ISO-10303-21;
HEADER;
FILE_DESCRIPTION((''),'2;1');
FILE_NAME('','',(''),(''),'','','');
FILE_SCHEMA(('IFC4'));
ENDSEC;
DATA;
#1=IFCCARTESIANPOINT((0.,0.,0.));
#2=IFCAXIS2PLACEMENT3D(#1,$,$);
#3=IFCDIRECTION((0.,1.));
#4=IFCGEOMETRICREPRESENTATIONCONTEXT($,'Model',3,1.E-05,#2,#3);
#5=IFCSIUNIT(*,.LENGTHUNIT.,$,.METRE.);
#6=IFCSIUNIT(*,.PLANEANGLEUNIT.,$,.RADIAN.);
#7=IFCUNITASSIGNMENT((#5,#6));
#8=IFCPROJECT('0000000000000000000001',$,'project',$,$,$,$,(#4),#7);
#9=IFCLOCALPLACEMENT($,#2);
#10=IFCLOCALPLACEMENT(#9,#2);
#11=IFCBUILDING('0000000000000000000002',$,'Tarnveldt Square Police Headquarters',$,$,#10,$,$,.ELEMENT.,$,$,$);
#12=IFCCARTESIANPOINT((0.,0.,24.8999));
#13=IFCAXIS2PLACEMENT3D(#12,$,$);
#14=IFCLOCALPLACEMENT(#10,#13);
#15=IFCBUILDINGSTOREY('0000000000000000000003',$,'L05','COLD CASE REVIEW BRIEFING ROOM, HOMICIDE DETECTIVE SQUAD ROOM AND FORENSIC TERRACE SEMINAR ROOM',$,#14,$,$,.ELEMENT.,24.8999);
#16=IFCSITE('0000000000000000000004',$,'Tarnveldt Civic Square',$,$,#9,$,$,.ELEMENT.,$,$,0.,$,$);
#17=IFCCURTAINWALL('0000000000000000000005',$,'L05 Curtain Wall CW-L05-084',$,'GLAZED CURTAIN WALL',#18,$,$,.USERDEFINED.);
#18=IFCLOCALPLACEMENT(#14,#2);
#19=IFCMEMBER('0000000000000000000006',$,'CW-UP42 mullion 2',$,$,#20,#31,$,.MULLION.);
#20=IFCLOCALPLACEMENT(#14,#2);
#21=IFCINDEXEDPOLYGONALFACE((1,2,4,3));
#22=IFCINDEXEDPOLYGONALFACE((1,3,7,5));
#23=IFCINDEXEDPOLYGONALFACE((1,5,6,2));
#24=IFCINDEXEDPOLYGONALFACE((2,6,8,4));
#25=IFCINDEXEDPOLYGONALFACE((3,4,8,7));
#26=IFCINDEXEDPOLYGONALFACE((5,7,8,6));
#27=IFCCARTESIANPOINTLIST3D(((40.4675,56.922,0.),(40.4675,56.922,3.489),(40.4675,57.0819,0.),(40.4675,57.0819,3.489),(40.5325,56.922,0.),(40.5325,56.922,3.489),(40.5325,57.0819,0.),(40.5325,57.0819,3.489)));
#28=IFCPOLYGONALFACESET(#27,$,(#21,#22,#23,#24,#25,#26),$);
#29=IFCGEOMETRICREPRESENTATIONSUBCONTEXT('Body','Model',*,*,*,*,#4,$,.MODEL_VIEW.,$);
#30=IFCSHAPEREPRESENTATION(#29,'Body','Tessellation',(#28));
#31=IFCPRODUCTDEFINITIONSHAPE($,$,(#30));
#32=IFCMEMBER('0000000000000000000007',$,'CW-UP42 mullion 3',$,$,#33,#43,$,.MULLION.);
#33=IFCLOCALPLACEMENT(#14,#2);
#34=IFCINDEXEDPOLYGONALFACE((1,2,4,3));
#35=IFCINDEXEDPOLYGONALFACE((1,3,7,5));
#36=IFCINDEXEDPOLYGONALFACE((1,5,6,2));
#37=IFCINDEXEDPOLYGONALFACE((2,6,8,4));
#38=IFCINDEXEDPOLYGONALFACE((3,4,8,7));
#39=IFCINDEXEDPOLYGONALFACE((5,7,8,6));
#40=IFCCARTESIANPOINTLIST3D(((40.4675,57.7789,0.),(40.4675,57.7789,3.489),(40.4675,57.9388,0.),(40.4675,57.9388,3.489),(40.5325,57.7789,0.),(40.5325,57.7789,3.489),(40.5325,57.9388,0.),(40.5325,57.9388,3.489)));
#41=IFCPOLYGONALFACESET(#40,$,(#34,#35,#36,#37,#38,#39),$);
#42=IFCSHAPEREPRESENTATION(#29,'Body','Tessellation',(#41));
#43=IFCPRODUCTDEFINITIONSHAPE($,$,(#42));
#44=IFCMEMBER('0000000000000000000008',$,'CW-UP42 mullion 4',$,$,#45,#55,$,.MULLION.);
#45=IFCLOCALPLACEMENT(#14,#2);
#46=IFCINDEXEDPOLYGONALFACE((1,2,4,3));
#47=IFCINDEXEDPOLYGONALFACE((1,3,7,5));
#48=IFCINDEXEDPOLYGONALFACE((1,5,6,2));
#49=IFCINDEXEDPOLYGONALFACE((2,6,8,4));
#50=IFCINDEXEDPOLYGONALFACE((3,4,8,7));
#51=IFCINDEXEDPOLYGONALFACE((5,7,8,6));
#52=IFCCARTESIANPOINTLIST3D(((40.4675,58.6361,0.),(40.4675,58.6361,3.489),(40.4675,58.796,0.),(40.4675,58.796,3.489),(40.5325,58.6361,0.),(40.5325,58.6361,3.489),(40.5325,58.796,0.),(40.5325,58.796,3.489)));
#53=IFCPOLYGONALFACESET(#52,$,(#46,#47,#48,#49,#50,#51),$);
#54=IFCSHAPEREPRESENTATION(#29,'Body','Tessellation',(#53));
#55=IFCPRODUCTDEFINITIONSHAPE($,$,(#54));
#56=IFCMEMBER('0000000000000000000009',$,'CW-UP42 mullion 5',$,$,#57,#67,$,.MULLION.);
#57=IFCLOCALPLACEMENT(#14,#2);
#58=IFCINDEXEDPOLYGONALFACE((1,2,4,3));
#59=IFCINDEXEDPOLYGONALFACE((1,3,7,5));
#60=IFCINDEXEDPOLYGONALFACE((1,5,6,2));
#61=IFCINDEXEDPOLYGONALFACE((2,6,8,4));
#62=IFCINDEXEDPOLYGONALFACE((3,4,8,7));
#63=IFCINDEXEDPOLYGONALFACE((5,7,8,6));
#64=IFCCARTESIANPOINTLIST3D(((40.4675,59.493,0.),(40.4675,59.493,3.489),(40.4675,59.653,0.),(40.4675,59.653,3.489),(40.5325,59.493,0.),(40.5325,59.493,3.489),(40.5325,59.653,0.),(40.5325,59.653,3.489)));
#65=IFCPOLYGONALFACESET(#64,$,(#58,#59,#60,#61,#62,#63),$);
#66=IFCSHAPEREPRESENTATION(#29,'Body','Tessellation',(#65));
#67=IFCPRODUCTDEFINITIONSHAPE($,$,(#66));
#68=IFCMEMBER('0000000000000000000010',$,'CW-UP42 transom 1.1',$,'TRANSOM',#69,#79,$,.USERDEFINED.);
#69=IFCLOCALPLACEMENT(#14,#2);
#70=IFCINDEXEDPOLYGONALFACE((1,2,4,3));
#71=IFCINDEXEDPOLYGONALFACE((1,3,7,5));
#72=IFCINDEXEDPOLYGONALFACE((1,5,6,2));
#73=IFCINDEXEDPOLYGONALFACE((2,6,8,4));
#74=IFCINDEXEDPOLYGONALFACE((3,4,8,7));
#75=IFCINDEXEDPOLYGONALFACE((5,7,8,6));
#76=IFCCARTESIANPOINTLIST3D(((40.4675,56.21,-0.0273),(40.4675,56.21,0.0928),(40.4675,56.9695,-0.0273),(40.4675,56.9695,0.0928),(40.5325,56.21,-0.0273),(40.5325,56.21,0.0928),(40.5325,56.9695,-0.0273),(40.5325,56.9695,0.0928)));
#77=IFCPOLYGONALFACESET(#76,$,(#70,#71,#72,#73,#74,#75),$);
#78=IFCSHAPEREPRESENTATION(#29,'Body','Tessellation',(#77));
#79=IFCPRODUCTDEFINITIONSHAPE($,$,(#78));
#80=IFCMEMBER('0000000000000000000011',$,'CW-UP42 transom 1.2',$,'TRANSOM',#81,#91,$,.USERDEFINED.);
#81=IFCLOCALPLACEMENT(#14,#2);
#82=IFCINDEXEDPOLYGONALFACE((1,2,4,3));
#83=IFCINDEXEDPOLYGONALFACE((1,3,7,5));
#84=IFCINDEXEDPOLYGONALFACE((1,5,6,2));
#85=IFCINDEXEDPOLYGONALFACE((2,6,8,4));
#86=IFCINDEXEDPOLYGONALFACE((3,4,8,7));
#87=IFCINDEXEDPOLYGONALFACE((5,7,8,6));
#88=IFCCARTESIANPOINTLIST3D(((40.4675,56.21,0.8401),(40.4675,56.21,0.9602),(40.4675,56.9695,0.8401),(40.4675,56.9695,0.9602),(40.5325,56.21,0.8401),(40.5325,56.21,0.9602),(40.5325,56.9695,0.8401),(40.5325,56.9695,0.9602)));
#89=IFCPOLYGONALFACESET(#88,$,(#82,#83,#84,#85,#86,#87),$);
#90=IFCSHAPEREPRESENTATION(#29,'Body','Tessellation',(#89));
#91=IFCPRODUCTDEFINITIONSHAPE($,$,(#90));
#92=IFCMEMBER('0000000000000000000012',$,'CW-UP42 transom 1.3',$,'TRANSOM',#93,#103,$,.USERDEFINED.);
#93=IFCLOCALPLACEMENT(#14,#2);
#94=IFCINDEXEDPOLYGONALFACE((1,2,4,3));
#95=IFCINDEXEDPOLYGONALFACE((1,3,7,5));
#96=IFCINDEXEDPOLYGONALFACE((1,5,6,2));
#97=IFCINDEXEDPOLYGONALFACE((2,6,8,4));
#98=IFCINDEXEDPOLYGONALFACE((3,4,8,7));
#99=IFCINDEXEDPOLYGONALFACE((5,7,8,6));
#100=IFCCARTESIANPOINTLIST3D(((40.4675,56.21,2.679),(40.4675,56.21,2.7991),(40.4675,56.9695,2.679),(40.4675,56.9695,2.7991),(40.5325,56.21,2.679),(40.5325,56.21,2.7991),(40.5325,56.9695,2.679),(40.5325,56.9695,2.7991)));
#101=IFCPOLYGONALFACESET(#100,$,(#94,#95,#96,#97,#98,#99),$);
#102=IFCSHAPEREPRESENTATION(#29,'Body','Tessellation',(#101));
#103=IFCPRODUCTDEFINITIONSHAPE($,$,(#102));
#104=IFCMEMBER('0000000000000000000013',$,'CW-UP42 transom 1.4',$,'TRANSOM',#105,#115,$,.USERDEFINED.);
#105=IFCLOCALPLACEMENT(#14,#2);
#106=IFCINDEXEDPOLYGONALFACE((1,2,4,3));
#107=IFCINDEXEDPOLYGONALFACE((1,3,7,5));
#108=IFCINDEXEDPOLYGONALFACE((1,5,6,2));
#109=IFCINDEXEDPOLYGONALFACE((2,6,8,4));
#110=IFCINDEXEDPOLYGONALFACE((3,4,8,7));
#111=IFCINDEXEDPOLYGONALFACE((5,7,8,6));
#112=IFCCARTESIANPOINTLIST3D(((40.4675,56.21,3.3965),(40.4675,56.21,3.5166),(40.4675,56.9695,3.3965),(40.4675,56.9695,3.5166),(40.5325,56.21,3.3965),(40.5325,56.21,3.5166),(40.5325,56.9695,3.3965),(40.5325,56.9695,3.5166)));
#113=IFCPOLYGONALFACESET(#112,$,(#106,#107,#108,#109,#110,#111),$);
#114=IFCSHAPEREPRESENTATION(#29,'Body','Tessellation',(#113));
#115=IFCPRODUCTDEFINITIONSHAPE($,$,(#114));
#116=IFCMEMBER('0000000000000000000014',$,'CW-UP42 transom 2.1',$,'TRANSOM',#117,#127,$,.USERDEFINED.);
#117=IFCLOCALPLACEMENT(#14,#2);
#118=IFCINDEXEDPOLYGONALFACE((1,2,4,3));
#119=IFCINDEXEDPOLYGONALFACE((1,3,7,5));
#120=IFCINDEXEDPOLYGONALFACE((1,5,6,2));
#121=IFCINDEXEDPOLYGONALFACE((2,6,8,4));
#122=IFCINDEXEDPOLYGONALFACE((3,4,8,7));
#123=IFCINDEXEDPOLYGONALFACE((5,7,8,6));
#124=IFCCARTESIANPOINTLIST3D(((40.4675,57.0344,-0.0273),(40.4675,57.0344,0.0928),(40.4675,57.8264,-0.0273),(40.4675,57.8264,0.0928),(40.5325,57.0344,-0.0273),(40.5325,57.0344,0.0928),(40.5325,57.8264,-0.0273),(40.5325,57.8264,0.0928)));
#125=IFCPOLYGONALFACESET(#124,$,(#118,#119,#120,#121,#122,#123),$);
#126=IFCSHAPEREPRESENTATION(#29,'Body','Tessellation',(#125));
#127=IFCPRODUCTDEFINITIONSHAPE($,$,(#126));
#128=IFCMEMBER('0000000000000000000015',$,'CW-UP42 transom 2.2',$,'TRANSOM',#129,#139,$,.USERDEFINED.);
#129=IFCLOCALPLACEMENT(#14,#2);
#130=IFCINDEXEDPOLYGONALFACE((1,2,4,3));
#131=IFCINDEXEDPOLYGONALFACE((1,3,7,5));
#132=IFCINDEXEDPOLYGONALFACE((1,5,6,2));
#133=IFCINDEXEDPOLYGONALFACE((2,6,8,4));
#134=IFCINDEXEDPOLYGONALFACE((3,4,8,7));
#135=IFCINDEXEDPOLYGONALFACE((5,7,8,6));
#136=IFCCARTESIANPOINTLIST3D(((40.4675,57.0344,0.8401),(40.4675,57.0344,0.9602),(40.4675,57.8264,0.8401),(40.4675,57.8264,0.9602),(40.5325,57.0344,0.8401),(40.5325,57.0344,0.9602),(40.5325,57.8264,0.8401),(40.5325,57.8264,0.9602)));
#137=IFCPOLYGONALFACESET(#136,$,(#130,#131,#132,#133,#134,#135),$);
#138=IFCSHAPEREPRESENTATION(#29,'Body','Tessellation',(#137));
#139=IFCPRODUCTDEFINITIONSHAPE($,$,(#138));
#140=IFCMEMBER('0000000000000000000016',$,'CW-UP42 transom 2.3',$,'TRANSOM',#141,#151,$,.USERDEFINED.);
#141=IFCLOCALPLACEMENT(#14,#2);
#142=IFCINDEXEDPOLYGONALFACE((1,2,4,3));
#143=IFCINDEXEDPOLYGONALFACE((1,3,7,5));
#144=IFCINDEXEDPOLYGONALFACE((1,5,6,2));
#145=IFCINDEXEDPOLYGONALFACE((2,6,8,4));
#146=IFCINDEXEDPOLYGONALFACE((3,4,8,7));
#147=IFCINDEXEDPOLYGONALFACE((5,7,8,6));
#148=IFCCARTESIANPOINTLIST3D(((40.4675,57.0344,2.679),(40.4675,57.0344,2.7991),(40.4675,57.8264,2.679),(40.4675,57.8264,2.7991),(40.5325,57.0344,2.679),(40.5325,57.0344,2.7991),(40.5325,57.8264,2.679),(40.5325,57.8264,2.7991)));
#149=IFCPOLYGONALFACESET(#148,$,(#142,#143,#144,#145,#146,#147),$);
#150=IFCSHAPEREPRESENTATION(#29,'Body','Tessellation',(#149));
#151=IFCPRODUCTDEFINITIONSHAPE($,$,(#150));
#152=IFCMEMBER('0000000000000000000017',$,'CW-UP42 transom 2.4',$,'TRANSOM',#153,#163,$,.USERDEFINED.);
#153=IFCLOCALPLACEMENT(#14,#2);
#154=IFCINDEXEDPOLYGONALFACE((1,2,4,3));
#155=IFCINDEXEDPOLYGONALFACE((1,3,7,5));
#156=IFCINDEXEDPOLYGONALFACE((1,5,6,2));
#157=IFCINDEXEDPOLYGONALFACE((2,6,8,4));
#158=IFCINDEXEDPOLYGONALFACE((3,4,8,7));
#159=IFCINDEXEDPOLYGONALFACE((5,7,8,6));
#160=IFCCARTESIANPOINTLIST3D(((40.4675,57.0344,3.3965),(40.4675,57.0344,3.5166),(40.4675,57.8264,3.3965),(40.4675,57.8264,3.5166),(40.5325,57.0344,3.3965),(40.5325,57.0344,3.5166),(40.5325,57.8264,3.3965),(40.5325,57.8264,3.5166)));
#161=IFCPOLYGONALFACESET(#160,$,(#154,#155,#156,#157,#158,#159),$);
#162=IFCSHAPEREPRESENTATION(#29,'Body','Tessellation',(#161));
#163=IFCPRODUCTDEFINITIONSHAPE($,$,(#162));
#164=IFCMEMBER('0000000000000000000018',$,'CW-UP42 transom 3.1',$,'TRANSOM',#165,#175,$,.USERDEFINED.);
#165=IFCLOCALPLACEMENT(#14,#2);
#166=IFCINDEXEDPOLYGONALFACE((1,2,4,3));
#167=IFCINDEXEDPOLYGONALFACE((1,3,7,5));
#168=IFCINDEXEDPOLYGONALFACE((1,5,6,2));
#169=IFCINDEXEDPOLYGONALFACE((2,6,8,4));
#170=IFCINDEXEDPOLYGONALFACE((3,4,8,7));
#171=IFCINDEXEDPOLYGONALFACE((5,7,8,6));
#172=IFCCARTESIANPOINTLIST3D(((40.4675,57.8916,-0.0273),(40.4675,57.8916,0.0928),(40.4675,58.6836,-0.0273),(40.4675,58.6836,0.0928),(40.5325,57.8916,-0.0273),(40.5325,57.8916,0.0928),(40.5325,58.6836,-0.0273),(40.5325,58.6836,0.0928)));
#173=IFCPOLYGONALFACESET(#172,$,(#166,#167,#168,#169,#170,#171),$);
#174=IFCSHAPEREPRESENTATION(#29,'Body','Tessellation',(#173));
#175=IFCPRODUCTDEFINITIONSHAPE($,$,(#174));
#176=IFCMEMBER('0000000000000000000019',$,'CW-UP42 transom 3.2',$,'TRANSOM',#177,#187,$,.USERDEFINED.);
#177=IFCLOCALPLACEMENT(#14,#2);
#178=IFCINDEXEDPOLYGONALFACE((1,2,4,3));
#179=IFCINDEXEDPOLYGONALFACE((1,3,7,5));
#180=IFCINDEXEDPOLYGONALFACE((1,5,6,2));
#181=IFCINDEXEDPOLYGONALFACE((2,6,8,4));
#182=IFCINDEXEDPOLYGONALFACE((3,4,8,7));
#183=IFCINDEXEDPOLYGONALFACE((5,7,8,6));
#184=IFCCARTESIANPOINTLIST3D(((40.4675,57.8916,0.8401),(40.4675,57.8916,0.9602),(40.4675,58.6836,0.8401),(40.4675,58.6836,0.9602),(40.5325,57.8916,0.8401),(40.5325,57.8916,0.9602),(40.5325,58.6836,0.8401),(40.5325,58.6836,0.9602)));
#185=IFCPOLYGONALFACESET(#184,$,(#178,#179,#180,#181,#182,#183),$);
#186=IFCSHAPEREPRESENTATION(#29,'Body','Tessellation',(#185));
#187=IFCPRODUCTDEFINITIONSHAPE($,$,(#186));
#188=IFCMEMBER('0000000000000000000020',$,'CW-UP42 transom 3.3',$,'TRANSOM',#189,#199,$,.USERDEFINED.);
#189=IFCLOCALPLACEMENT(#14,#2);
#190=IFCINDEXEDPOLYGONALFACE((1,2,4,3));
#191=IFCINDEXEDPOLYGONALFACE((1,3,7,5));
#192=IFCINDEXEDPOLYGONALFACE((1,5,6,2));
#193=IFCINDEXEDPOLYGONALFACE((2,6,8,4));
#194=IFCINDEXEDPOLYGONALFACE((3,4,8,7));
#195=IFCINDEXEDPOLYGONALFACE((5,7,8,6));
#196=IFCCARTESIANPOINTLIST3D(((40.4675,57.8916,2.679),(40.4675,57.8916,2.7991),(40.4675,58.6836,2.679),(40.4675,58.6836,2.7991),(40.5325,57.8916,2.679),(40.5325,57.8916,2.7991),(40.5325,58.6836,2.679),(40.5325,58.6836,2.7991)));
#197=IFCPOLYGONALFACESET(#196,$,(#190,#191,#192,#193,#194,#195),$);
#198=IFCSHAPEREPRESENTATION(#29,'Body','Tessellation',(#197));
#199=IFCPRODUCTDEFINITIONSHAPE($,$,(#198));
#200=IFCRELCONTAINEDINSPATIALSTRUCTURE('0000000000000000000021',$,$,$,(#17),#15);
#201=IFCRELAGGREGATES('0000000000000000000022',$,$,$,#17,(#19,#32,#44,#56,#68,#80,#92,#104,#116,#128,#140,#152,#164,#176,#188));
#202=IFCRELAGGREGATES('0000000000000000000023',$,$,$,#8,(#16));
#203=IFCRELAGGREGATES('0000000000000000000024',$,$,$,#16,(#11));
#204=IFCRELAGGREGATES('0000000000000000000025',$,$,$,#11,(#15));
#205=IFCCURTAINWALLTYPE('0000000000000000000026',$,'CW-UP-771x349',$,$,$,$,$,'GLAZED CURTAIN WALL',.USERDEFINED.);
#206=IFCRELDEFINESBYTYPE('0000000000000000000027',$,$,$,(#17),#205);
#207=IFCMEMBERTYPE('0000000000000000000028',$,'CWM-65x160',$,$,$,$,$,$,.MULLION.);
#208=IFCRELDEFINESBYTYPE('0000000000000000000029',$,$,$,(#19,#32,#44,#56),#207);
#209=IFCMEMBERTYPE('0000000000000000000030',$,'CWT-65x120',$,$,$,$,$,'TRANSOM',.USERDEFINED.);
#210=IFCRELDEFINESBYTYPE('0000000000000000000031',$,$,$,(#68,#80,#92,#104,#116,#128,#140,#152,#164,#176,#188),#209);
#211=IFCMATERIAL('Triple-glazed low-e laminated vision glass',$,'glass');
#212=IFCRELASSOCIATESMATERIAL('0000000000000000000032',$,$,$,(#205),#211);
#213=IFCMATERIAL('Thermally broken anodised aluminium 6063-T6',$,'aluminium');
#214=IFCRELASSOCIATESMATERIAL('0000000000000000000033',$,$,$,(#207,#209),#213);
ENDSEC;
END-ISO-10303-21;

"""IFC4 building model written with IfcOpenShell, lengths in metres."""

from ifc_helpers import new_model, si_unit, direction, frame, origin, origin_2d, place, context, subcontext, project, spatial, rectangle, extrude, material, material_profile, profile_set, type_object, element, aggregate, save


model = new_model("IFC4")

# Units and contexts
model_context = context("Model", 3, precision=1e-05, world=origin(), true_north=direction((0.0, 1.0)))
body_context = subcontext(model_context, "Body", "Model", "MODEL_VIEW")
ifc_project = project(units=[si_unit("LENGTHUNIT", "METRE"), si_unit("PLANEANGLEUNIT", "RADIAN")], contexts=[model_context])

# Site, building, storey
site_placement = place(None, origin())
site = spatial("IfcSite", under=ifc_project, at=site_placement, Name="Tarnveldt Civic Square", CompositionType="ELEMENT", RefElevation=0.0)
building_placement = place(site_placement, origin())
building = spatial("IfcBuilding", under=site, at=building_placement, Name="Tarnveldt Square Police Headquarters", CompositionType="ELEMENT")
storey_placement = place(building_placement, frame((0.0, 0.0, 24.8999)))
storey = spatial("IfcBuildingStorey", under=building, at=storey_placement, Name="L05", Description="COLD CASE REVIEW BRIEFING ROOM, HOMICIDE DETECTIVE SQUAD ROOM AND FORENSIC TERRACE SEMINAR ROOM", CompositionType="ELEMENT", Elevation=24.8999)

# Curtain wall, members
ifc_material_1 = material(Name="Triple-glazed low-e laminated vision glass", Category="glass")
curtain_wall_type = type_object("IfcCurtainWallType", Name="CW-UP-771x349", ElementType="GLAZED CURTAIN WALL", PredefinedType="USERDEFINED", material=ifc_material_1)
curtain_wall_placement = place(storey_placement, origin())
curtain_wall = element("IfcCurtainWall", 1, at=curtain_wall_placement, inside=storey, type_object=curtain_wall_type, Name="L05 Curtain Wall CW-L05-084", ObjectType="GLAZED CURTAIN WALL", PredefinedType="USERDEFINED")
ifc_material_2 = material(Name="Thermally broken anodised aluminium 6063-T6", Category="aluminium")
ifc_material_profile_1 = material_profile(ifc_material_2, rectangle(XDim=0.0649, YDim=0.1599, at=origin_2d()), Name="CW-M65x160")
ifc_profile_set_1 = profile_set([ifc_material_profile_1], Name="Thermally broken anodised aluminium 6063-T6")
member_type_1 = type_object("IfcMemberType", Name="CWM-65x160", PredefinedType="MULLION", material=ifc_profile_set_1)
member_1_placement = place(storey_placement, frame((40.5, 57.002, 0.0), z_axis=(0.0, 0.0, 1.0), x_axis=(-1.0, 0.0, 0.0)))
member_1 = element("IfcMember", 2, at=member_1_placement, type_object=member_type_1, Name="CW-UP42 mullion 2", PredefinedType="MULLION", context=body_context, shape_type="SweptSolid", body=[
    extrude(rectangle(XDim=0.0649, YDim=0.1599, at=origin_2d()), origin(), (0.0, 0.0, 1.0), 3.489),
])
member_2_placement = place(storey_placement, frame((40.5, 57.8589, 0.0), z_axis=(0.0, 0.0, 1.0), x_axis=(-1.0, 0.0, 0.0)))
member_2 = element("IfcMember", 3, at=member_2_placement, type_object=member_type_1, Name="CW-UP42 mullion 3", PredefinedType="MULLION", context=body_context, shape_type="SweptSolid", body=[
    extrude(rectangle(XDim=0.0649, YDim=0.1599, at=origin_2d()), origin(), (0.0, 0.0, 1.0), 3.489),
])
member_3_placement = place(storey_placement, frame((40.5, 58.7161, 0.0), z_axis=(0.0, 0.0, 1.0), x_axis=(-1.0, 0.0, 0.0)))
member_3 = element("IfcMember", 4, at=member_3_placement, type_object=member_type_1, Name="CW-UP42 mullion 4", PredefinedType="MULLION", context=body_context, shape_type="SweptSolid", body=[
    extrude(rectangle(XDim=0.0649, YDim=0.1599, at=origin_2d()), origin(), (0.0, 0.0, 1.0), 3.489),
])
member_4_placement = place(storey_placement, frame((40.5, 59.573, 0.0), z_axis=(0.0, 0.0, 1.0), x_axis=(-1.0, 0.0, 0.0)))
member_4 = element("IfcMember", 5, at=member_4_placement, type_object=member_type_1, Name="CW-UP42 mullion 5", PredefinedType="MULLION", context=body_context, shape_type="SweptSolid", body=[
    extrude(rectangle(XDim=0.0649, YDim=0.1599, at=origin_2d()), origin(), (0.0, 0.0, 1.0), 3.489),
])
ifc_material_profile_2 = material_profile(ifc_material_2, rectangle(XDim=0.0649, YDim=0.1201, at=origin_2d()), Name="CW-T65x120")
ifc_profile_set_2 = profile_set([ifc_material_profile_2], Name="Thermally broken anodised aluminium 6063-T6")
member_type_2 = type_object("IfcMemberType", Name="CWT-65x120", ElementType="TRANSOM", PredefinedType="USERDEFINED", material=ifc_profile_set_2)
member_5_placement = place(storey_placement, frame((40.5, 56.21, 0.0327), z_axis=(0.0, 1.0, 0.0), x_axis=(-1.0, 0.0, 0.0)))
member_5 = element("IfcMember", 6, at=member_5_placement, type_object=member_type_2, Name="CW-UP42 transom 1.1", ObjectType="TRANSOM", PredefinedType="USERDEFINED", context=body_context, shape_type="SweptSolid", body=[
    extrude(rectangle(XDim=0.0649, YDim=0.1201, at=origin_2d()), origin(), (0.0, 0.0, 1.0), 0.7595),
])
member_6_placement = place(storey_placement, frame((40.5, 56.21, 0.9001), z_axis=(0.0, 1.0, 0.0), x_axis=(-1.0, 0.0, 0.0)))
member_6 = element("IfcMember", 7, at=member_6_placement, type_object=member_type_2, Name="CW-UP42 transom 1.2", ObjectType="TRANSOM", PredefinedType="USERDEFINED", context=body_context, shape_type="SweptSolid", body=[
    extrude(rectangle(XDim=0.0649, YDim=0.1201, at=origin_2d()), origin(), (0.0, 0.0, 1.0), 0.7595),
])
member_7_placement = place(storey_placement, frame((40.5, 56.21, 2.739), z_axis=(0.0, 1.0, 0.0), x_axis=(-1.0, 0.0, 0.0)))
member_7 = element("IfcMember", 8, at=member_7_placement, type_object=member_type_2, Name="CW-UP42 transom 1.3", ObjectType="TRANSOM", PredefinedType="USERDEFINED", context=body_context, shape_type="SweptSolid", body=[
    extrude(rectangle(XDim=0.0649, YDim=0.1201, at=origin_2d()), origin(), (0.0, 0.0, 1.0), 0.7595),
])
member_8_placement = place(storey_placement, frame((40.5, 56.21, 3.4565), z_axis=(0.0, 1.0, 0.0), x_axis=(-1.0, 0.0, 0.0)))
member_8 = element("IfcMember", 9, at=member_8_placement, type_object=member_type_2, Name="CW-UP42 transom 1.4", ObjectType="TRANSOM", PredefinedType="USERDEFINED", context=body_context, shape_type="SweptSolid", body=[
    extrude(rectangle(XDim=0.0649, YDim=0.1201, at=origin_2d()), origin(), (0.0, 0.0, 1.0), 0.7595),
])
member_9_placement = place(storey_placement, frame((40.5, 57.0344, 0.0327), z_axis=(0.0, 1.0, 0.0), x_axis=(-1.0, 0.0, 0.0)))
member_9 = element("IfcMember", 10, at=member_9_placement, type_object=member_type_2, Name="CW-UP42 transom 2.1", ObjectType="TRANSOM", PredefinedType="USERDEFINED", context=body_context, shape_type="SweptSolid", body=[
    extrude(rectangle(XDim=0.0649, YDim=0.1201, at=origin_2d()), origin(), (0.0, 0.0, 1.0), 0.792),
])
member_10_placement = place(storey_placement, frame((40.5, 57.0344, 0.9001), z_axis=(0.0, 1.0, 0.0), x_axis=(-1.0, 0.0, 0.0)))
member_10 = element("IfcMember", 11, at=member_10_placement, type_object=member_type_2, Name="CW-UP42 transom 2.2", ObjectType="TRANSOM", PredefinedType="USERDEFINED", context=body_context, shape_type="SweptSolid", body=[
    extrude(rectangle(XDim=0.0649, YDim=0.1201, at=origin_2d()), origin(), (0.0, 0.0, 1.0), 0.792),
])
member_11_placement = place(storey_placement, frame((40.5, 57.0344, 2.739), z_axis=(0.0, 1.0, 0.0), x_axis=(-1.0, 0.0, 0.0)))
member_11 = element("IfcMember", 12, at=member_11_placement, type_object=member_type_2, Name="CW-UP42 transom 2.3", ObjectType="TRANSOM", PredefinedType="USERDEFINED", context=body_context, shape_type="SweptSolid", body=[
    extrude(rectangle(XDim=0.0649, YDim=0.1201, at=origin_2d()), origin(), (0.0, 0.0, 1.0), 0.792),
])
member_12_placement = place(storey_placement, frame((40.5, 57.0344, 3.4565), z_axis=(0.0, 1.0, 0.0), x_axis=(-1.0, 0.0, 0.0)))
member_12 = element("IfcMember", 13, at=member_12_placement, type_object=member_type_2, Name="CW-UP42 transom 2.4", ObjectType="TRANSOM", PredefinedType="USERDEFINED", context=body_context, shape_type="SweptSolid", body=[
    extrude(rectangle(XDim=0.0649, YDim=0.1201, at=origin_2d()), origin(), (0.0, 0.0, 1.0), 0.792),
])
member_13_placement = place(storey_placement, frame((40.5, 57.8916, 0.0327), z_axis=(0.0, 1.0, 0.0), x_axis=(-1.0, 0.0, 0.0)))
member_13 = element("IfcMember", 14, at=member_13_placement, type_object=member_type_2, Name="CW-UP42 transom 3.1", ObjectType="TRANSOM", PredefinedType="USERDEFINED", context=body_context, shape_type="SweptSolid", body=[
    extrude(rectangle(XDim=0.0649, YDim=0.1201, at=origin_2d()), origin(), (0.0, 0.0, 1.0), 0.792),
])
member_14_placement = place(storey_placement, frame((40.5, 57.8916, 0.9001), z_axis=(0.0, 1.0, 0.0), x_axis=(-1.0, 0.0, 0.0)))
member_14 = element("IfcMember", 15, at=member_14_placement, type_object=member_type_2, Name="CW-UP42 transom 3.2", ObjectType="TRANSOM", PredefinedType="USERDEFINED", context=body_context, shape_type="SweptSolid", body=[
    extrude(rectangle(XDim=0.0649, YDim=0.1201, at=origin_2d()), origin(), (0.0, 0.0, 1.0), 0.792),
])
member_15_placement = place(storey_placement, frame((40.5, 57.8916, 2.739), z_axis=(0.0, 1.0, 0.0), x_axis=(-1.0, 0.0, 0.0)))
member_15 = element("IfcMember", 16, at=member_15_placement, type_object=member_type_2, Name="CW-UP42 transom 3.3", ObjectType="TRANSOM", PredefinedType="USERDEFINED", context=body_context, shape_type="SweptSolid", body=[
    extrude(rectangle(XDim=0.0649, YDim=0.1201, at=origin_2d()), origin(), (0.0, 0.0, 1.0), 0.792),
])
aggregate(curtain_wall, [member_1, member_2, member_3, member_4, member_5, member_6, member_7, member_8, member_9, member_10, member_11, member_12, member_13, member_14, member_15])

save(model, "model.ifc")
